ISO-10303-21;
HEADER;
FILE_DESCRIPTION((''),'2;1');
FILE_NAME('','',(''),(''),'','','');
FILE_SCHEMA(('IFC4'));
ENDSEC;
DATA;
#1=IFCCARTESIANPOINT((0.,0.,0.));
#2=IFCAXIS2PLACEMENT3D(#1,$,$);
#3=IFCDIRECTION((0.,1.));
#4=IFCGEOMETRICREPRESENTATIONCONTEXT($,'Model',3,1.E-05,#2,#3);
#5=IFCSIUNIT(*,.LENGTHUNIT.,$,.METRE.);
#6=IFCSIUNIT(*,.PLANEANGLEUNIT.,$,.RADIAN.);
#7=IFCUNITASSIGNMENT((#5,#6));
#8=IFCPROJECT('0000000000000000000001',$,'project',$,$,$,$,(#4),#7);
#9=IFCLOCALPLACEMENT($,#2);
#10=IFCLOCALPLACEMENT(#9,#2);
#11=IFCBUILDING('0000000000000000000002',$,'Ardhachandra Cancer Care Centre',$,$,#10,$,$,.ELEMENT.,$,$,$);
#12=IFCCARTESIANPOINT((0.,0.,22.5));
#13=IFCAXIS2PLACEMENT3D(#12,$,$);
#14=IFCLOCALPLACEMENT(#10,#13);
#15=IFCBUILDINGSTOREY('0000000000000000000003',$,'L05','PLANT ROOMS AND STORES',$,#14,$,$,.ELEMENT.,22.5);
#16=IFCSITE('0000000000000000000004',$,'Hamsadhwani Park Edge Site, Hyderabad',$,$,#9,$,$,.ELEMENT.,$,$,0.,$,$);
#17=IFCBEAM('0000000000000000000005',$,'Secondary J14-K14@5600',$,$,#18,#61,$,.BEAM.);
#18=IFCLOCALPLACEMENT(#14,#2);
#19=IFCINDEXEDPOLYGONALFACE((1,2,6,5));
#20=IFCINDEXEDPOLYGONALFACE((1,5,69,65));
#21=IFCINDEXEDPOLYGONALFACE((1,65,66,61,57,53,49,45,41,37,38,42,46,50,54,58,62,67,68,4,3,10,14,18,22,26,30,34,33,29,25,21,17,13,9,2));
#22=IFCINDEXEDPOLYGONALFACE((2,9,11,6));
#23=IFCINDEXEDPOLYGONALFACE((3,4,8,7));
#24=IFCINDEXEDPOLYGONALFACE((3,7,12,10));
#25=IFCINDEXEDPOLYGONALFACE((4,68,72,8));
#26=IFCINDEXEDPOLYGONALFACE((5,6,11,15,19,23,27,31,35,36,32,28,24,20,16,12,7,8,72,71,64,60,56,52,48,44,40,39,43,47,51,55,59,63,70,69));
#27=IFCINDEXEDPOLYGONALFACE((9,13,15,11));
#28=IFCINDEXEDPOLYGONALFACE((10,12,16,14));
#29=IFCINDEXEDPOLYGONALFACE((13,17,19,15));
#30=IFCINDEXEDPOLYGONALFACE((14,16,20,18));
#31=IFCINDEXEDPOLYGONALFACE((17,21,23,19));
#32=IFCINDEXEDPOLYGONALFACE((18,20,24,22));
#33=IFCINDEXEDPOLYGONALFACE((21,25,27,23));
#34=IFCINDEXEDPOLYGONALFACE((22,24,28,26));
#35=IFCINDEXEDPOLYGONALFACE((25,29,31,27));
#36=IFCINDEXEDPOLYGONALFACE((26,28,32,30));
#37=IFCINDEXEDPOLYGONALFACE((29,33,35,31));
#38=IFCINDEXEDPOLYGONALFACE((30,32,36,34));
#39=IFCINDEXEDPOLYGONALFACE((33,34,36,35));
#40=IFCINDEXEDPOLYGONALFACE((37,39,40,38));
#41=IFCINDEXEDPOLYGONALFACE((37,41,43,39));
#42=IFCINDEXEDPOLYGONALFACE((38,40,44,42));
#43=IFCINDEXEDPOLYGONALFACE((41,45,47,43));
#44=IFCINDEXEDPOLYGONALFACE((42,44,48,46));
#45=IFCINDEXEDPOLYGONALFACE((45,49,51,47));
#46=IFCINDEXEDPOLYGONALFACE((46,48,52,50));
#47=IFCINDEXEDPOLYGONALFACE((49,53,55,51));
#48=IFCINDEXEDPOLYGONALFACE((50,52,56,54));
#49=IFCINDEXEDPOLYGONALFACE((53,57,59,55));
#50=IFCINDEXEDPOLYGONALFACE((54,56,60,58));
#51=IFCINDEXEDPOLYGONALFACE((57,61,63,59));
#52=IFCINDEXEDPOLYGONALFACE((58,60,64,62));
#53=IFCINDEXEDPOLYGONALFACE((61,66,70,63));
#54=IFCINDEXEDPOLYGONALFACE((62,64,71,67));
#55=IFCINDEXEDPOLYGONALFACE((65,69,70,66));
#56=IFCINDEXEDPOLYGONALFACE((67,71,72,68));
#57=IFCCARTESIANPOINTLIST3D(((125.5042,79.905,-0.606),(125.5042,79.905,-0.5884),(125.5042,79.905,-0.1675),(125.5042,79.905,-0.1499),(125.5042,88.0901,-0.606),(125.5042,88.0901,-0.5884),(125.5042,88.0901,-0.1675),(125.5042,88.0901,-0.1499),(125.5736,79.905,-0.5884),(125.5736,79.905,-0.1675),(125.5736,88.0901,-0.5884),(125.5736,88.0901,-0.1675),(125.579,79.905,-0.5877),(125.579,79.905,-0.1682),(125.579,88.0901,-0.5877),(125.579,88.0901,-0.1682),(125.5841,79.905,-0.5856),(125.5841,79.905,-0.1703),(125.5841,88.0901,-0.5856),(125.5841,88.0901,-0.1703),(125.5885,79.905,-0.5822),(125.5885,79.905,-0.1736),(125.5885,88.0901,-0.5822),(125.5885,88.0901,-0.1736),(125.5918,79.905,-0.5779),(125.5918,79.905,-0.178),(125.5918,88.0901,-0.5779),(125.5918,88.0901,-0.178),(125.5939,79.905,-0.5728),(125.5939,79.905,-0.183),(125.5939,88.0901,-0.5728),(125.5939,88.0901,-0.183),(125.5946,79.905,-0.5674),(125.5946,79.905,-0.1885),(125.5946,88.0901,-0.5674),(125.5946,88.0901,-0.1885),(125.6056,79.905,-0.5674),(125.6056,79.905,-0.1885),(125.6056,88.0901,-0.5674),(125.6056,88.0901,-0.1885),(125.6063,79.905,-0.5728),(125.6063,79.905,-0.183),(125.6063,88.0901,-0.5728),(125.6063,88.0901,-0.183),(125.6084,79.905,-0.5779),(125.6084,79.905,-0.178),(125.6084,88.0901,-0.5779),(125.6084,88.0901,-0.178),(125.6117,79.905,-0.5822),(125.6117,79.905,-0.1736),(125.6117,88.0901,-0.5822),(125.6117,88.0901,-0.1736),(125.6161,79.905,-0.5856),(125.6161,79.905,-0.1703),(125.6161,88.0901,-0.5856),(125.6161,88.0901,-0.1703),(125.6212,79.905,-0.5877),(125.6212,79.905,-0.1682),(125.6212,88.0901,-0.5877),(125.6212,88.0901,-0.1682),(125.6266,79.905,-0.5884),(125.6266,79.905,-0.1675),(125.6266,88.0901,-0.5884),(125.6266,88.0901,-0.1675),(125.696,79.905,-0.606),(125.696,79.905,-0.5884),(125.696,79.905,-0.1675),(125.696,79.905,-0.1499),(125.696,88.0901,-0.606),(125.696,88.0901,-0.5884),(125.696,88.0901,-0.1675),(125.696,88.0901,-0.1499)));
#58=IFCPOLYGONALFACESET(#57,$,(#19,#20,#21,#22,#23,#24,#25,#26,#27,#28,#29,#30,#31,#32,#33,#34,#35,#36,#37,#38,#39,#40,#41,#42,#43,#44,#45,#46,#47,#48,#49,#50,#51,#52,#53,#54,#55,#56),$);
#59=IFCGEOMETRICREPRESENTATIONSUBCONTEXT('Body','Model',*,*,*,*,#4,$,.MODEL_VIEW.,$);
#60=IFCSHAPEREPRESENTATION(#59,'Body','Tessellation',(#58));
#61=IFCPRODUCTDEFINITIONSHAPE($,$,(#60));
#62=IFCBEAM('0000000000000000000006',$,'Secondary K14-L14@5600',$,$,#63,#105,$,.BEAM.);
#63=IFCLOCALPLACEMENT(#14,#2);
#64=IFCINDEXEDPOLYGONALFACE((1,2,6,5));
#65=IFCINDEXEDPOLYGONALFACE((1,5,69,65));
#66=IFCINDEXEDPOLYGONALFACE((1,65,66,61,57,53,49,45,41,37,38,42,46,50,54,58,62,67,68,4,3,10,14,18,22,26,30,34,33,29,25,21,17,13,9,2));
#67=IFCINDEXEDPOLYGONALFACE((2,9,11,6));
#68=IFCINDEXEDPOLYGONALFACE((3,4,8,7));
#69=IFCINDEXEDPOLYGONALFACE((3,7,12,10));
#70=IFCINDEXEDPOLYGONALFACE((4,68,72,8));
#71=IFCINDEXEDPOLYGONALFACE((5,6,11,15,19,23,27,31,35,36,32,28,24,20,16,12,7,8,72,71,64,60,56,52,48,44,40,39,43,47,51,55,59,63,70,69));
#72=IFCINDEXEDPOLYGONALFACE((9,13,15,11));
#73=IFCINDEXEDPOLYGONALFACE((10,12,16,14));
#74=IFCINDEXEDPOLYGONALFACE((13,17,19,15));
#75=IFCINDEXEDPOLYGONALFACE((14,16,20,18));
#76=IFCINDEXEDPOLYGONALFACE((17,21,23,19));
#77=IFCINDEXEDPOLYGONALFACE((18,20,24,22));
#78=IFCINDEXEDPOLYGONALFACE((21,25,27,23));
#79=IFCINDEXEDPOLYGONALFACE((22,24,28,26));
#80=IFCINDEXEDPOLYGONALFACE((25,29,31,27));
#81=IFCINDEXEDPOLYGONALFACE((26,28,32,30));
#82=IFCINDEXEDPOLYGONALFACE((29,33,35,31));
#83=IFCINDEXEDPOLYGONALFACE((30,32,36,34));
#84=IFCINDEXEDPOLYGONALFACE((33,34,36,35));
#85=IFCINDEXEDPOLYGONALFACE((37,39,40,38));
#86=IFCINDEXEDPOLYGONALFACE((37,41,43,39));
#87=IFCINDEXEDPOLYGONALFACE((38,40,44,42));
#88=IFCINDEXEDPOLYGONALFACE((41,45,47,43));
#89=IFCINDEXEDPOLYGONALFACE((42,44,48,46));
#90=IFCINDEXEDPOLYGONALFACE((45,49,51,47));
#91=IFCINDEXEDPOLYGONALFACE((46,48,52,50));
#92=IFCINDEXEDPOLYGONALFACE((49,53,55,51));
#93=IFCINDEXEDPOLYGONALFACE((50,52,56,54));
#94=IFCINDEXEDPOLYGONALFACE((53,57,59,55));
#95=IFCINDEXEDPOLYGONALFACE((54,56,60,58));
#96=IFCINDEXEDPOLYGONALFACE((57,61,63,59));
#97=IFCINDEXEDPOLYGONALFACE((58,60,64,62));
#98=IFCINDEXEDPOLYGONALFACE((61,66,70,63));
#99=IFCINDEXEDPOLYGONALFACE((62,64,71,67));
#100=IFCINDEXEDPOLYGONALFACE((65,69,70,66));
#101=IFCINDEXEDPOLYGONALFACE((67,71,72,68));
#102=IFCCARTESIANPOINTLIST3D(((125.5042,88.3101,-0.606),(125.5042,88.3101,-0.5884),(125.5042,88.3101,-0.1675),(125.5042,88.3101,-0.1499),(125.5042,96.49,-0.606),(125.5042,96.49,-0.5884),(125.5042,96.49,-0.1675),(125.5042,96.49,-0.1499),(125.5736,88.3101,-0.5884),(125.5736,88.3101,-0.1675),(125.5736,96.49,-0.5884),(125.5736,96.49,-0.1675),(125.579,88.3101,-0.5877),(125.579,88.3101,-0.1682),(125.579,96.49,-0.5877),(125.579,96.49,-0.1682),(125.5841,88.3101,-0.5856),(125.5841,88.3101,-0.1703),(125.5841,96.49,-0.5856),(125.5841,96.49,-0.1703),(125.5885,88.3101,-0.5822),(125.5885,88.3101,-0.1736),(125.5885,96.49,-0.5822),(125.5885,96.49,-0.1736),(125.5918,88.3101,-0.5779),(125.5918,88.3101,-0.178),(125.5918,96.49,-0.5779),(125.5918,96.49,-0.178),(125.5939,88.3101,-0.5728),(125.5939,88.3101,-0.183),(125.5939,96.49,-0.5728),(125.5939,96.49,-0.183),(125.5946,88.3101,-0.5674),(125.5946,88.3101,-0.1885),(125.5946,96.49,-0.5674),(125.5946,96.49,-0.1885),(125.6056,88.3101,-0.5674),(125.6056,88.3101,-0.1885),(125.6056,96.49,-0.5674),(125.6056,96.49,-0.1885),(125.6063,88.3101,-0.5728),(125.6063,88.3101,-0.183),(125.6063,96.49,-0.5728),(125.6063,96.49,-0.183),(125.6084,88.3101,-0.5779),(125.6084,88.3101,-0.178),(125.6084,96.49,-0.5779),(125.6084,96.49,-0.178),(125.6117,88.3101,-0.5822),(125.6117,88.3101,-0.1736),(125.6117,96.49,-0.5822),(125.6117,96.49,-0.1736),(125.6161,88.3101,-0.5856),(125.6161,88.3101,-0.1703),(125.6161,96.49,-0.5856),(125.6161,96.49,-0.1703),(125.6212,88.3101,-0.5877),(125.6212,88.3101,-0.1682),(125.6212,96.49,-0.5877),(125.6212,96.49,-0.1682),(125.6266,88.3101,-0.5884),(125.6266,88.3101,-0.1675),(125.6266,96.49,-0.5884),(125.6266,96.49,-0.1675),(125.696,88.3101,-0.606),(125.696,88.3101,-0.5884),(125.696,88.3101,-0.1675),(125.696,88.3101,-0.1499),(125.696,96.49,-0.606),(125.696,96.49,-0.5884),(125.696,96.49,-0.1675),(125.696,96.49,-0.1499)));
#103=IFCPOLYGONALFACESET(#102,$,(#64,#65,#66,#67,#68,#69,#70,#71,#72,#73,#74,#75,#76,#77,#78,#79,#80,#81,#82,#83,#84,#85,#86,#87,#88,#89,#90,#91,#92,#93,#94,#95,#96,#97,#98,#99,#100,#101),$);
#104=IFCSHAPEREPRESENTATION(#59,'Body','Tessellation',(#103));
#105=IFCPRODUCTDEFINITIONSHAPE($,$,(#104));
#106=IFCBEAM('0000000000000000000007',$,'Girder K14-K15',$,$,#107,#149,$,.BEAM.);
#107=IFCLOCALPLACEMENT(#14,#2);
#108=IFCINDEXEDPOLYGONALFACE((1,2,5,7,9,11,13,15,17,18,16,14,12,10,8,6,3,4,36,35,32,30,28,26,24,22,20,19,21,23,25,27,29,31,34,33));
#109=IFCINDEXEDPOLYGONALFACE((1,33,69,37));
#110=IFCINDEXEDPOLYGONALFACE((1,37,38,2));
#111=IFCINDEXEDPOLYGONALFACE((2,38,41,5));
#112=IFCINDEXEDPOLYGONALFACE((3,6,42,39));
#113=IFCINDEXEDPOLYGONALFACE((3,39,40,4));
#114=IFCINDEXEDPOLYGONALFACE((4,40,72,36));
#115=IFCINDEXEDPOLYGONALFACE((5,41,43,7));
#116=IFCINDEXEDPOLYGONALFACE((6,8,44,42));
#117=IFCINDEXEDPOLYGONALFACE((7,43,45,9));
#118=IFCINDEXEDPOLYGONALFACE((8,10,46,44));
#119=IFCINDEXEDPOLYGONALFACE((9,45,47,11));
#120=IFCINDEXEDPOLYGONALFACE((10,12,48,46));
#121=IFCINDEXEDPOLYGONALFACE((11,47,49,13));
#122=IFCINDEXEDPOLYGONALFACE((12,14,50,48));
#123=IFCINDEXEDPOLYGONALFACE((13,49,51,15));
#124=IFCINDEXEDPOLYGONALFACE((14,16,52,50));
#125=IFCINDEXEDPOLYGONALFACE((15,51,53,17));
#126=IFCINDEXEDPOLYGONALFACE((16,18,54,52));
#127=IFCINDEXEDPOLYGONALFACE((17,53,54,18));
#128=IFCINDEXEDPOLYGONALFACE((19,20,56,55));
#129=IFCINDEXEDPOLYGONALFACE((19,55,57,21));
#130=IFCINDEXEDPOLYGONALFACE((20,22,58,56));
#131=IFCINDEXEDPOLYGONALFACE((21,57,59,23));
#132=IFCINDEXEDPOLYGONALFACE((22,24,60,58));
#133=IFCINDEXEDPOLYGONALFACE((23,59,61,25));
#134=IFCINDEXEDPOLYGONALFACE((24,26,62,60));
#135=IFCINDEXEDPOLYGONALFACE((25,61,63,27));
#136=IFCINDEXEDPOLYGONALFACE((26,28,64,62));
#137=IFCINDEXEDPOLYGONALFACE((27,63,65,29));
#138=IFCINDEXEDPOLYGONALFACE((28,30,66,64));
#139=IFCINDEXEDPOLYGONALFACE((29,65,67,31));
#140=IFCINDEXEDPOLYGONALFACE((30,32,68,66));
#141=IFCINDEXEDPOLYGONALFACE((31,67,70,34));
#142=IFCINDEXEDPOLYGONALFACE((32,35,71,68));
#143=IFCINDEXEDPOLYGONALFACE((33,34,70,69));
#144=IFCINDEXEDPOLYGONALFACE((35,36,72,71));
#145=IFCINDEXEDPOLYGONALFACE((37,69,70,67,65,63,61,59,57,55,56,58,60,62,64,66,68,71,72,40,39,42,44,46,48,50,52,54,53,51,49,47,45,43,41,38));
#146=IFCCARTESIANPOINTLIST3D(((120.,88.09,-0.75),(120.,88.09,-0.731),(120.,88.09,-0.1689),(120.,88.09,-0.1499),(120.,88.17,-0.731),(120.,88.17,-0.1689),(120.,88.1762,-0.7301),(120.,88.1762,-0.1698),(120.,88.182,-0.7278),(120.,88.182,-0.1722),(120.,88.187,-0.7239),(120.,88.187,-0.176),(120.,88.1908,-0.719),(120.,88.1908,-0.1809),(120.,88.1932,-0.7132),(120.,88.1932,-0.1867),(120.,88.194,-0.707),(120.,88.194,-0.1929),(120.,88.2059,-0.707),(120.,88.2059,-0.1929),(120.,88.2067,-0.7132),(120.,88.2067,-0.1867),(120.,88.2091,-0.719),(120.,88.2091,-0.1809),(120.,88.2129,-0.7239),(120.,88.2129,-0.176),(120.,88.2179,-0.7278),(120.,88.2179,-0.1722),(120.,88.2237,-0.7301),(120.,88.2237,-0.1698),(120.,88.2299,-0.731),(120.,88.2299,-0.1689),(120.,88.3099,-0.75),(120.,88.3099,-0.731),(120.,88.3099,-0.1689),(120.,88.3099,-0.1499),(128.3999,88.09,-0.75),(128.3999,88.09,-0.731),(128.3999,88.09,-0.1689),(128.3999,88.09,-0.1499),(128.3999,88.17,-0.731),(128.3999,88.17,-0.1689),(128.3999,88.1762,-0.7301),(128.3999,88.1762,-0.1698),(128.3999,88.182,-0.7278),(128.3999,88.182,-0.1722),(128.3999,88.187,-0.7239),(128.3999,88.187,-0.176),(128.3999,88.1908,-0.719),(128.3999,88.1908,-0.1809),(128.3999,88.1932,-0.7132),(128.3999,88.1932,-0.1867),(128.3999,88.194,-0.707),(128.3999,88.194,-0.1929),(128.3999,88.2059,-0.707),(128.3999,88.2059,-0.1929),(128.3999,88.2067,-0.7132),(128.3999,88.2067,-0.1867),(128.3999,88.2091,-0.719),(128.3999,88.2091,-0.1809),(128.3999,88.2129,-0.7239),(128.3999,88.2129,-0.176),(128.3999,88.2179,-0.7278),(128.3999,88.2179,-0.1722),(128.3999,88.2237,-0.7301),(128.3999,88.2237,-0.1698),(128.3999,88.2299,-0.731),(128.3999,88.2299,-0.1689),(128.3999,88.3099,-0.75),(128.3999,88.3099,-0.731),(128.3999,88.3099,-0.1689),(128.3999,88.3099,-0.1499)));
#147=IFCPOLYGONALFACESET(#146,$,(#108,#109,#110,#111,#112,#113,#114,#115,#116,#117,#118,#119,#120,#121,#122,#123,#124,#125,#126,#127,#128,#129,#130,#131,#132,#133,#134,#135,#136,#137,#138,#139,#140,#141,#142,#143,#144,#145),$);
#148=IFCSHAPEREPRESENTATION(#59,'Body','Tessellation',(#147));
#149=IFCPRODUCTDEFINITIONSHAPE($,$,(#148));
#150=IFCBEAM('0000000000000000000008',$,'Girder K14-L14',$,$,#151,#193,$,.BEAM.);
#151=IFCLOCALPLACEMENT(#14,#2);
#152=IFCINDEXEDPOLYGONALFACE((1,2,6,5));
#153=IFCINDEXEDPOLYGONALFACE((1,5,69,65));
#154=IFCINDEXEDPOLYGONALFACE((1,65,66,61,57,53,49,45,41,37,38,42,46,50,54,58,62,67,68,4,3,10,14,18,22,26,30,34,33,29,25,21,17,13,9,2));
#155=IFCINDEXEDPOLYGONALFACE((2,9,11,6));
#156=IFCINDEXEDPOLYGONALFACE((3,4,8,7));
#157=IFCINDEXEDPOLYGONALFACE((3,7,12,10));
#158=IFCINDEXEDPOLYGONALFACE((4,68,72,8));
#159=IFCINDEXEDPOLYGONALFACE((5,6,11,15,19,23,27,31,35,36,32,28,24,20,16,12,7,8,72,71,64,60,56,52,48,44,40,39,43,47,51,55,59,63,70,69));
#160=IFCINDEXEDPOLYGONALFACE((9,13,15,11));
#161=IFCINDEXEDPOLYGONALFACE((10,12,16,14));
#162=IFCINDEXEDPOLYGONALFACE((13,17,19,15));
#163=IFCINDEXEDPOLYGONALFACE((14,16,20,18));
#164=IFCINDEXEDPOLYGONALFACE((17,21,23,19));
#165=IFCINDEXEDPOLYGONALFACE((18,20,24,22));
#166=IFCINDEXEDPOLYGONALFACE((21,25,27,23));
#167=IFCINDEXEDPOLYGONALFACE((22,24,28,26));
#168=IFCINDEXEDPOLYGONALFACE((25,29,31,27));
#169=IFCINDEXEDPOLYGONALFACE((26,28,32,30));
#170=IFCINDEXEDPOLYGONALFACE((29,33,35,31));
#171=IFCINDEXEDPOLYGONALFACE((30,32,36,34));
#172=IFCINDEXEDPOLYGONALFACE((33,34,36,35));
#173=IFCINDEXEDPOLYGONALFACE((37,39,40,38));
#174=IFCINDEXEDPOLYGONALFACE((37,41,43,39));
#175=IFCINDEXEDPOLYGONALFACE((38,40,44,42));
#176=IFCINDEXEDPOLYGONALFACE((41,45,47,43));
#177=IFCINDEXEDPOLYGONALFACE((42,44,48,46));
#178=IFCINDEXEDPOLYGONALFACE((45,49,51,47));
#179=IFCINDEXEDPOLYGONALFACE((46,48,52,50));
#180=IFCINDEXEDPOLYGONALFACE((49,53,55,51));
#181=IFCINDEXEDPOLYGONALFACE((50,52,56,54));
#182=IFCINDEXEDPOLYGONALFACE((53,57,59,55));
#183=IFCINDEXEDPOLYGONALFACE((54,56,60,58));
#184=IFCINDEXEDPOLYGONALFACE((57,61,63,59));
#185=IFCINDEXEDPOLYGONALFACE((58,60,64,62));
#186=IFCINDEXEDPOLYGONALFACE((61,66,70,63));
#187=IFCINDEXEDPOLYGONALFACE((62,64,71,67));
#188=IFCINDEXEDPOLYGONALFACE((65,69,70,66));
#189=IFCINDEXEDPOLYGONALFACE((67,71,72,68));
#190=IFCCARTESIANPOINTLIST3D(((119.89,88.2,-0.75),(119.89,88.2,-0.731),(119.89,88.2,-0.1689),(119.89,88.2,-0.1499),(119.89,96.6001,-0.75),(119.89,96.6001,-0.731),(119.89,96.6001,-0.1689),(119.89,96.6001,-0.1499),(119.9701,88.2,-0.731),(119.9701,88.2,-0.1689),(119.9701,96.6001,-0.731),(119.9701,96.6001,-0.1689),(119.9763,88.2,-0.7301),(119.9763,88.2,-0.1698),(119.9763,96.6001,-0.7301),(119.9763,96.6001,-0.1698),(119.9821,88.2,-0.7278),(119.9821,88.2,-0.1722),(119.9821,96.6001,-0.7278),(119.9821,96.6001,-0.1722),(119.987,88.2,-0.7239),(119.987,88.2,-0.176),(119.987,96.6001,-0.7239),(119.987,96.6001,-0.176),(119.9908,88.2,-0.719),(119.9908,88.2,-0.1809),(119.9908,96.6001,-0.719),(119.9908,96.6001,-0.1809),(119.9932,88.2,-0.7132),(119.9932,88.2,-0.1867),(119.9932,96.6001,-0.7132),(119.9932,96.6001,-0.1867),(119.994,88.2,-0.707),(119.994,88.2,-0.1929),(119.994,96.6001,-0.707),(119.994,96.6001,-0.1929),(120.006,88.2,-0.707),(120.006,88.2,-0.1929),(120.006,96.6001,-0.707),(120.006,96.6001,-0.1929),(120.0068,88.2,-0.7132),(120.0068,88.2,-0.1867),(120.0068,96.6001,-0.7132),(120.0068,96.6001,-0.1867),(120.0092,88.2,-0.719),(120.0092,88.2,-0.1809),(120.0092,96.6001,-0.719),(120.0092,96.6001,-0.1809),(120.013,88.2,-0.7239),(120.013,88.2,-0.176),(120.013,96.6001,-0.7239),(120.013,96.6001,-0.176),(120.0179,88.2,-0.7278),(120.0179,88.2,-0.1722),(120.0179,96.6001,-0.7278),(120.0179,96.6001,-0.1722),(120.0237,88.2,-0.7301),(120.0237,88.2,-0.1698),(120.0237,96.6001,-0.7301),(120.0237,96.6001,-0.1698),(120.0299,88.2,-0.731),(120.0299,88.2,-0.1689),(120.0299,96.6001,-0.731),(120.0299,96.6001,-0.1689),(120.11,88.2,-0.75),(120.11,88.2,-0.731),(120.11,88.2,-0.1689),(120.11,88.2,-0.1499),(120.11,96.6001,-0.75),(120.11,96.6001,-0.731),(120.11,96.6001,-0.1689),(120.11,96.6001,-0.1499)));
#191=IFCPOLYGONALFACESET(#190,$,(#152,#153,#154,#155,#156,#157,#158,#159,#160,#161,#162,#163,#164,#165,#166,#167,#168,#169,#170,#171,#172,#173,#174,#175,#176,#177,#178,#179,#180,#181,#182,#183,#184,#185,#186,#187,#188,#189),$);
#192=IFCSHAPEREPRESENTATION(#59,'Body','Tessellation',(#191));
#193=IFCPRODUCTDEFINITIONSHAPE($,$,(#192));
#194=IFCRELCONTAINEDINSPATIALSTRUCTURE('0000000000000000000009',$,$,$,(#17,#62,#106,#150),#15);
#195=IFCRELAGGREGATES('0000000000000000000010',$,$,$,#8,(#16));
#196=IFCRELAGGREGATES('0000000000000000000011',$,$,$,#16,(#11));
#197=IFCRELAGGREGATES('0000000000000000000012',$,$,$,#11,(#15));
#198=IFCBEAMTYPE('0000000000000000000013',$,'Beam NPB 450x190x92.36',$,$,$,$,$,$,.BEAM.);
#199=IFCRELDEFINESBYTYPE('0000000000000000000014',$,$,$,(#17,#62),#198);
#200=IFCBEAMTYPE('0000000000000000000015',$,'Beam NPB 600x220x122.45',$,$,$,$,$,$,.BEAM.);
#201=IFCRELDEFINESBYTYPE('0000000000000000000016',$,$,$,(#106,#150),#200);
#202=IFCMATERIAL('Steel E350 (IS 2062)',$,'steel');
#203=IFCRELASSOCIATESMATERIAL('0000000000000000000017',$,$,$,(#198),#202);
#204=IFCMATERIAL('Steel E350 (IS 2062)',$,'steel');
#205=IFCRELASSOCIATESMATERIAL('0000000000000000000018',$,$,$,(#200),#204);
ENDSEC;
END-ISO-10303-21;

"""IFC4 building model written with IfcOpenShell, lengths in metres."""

from ifc_helpers import new_model, si_unit, direction, frame, origin, origin_2d, place, context, subcontext, project, spatial, i_section, extrude, material, material_profile, profile_set, type_object, element, save


model = new_model("IFC4")

# Units and contexts
model_context = context("Model", 3, precision=1e-05, world=origin(), true_north=direction((0.0, 1.0)))
body_context = subcontext(model_context, "Body", "Model", "MODEL_VIEW")
ifc_project = project(units=[si_unit("LENGTHUNIT", "METRE"), si_unit("PLANEANGLEUNIT", "RADIAN")], contexts=[model_context])

# Site, building, storey
site_placement = place(None, origin())
site = spatial("IfcSite", under=ifc_project, at=site_placement, Name="Hamsadhwani Park Edge Site, Hyderabad", CompositionType="ELEMENT", RefElevation=0.0)
building_placement = place(site_placement, origin())
building = spatial("IfcBuilding", under=site, at=building_placement, Name="Ardhachandra Cancer Care Centre", CompositionType="ELEMENT")
storey_placement = place(building_placement, frame((0.0, 0.0, 22.5)))
storey = spatial("IfcBuildingStorey", under=building, at=storey_placement, Name="L05", Description="PLANT ROOMS AND STORES", CompositionType="ELEMENT", Elevation=22.5)

# Beams
ifc_material_1 = material(Name="Steel E350 (IS 2062)", Category="steel")
ifc_material_profile_1 = material_profile(ifc_material_1, i_section(OverallWidth=0.1919, OverallDepth=0.4561, WebThickness=0.011, FlangeThickness=0.0176, FilletRadius=0.021, at=origin_2d()), Name="NPB 450x190x92.36")
ifc_profile_set_1 = profile_set([ifc_material_profile_1], Name="Steel E350 (IS 2062)")
beam_type_1 = type_object("IfcBeamType", Name="Beam NPB 450x190x92.36", PredefinedType="BEAM", material=ifc_profile_set_1)
beam_1_placement = place(storey_placement, frame((125.6001, 79.905, -0.3779), z_axis=(0.0, 1.0, 0.0), x_axis=(-1.0, 0.0, 0.0)))
element("IfcBeam", 1, at=beam_1_placement, inside=storey, type_object=beam_type_1, Name="Secondary J14-K14@5600", PredefinedType="BEAM", context=body_context, shape_type="SweptSolid", body=[
    extrude(i_section(OverallWidth=0.1919, OverallDepth=0.4561, WebThickness=0.011, FlangeThickness=0.0176, FilletRadius=0.021, at=origin_2d()), origin(), (0.0, 0.0, 1.0), 8.1851),
])
beam_2_placement = place(storey_placement, frame((125.6001, 88.3101, -0.3779), z_axis=(0.0, 1.0, 0.0), x_axis=(-1.0, 0.0, 0.0)))
element("IfcBeam", 2, at=beam_2_placement, inside=storey, type_object=beam_type_1, Name="Secondary K14-L14@5600", PredefinedType="BEAM", context=body_context, shape_type="SweptSolid", body=[
    extrude(i_section(OverallWidth=0.1919, OverallDepth=0.4561, WebThickness=0.011, FlangeThickness=0.0176, FilletRadius=0.021, at=origin_2d()), origin(), (0.0, 0.0, 1.0), 8.1799),
])
ifc_material_2 = material(Name="Steel E350 (IS 2062)", Category="steel")
ifc_material_profile_2 = material_profile(ifc_material_2, i_section(OverallWidth=0.22, OverallDepth=0.6001, WebThickness=0.012, FlangeThickness=0.019, FilletRadius=0.0239, at=origin_2d()), Name="NPB 600x220x122.45")
ifc_profile_set_2 = profile_set([ifc_material_profile_2], Name="Steel E350 (IS 2062)")
beam_type_2 = type_object("IfcBeamType", Name="Beam NPB 600x220x122.45", PredefinedType="BEAM", material=ifc_profile_set_2)
beam_3_placement = place(storey_placement, frame((120.0, 88.2, -0.45), z_axis=(1.0, 0.0, 0.0), x_axis=(0.0, 1.0, 0.0)))
element("IfcBeam", 3, at=beam_3_placement, inside=storey, type_object=beam_type_2, Name="Girder K14-K15", PredefinedType="BEAM", context=body_context, shape_type="SweptSolid", body=[
    extrude(i_section(OverallWidth=0.22, OverallDepth=0.6001, WebThickness=0.012, FlangeThickness=0.019, FilletRadius=0.0239, at=origin_2d()), origin(), (0.0, 0.0, 1.0), 8.3999),
])
beam_4_placement = place(storey_placement, frame((120.0, 88.2, -0.45), z_axis=(0.0, 1.0, 0.0), x_axis=(-1.0, 0.0, 0.0)))
element("IfcBeam", 4, at=beam_4_placement, inside=storey, type_object=beam_type_2, Name="Girder K14-L14", PredefinedType="BEAM", context=body_context, shape_type="SweptSolid", body=[
    extrude(i_section(OverallWidth=0.22, OverallDepth=0.6001, WebThickness=0.012, FlangeThickness=0.019, FilletRadius=0.0239, at=origin_2d()), origin(), (0.0, 0.0, 1.0), 8.4001),
])

save(model, "model.ifc")
